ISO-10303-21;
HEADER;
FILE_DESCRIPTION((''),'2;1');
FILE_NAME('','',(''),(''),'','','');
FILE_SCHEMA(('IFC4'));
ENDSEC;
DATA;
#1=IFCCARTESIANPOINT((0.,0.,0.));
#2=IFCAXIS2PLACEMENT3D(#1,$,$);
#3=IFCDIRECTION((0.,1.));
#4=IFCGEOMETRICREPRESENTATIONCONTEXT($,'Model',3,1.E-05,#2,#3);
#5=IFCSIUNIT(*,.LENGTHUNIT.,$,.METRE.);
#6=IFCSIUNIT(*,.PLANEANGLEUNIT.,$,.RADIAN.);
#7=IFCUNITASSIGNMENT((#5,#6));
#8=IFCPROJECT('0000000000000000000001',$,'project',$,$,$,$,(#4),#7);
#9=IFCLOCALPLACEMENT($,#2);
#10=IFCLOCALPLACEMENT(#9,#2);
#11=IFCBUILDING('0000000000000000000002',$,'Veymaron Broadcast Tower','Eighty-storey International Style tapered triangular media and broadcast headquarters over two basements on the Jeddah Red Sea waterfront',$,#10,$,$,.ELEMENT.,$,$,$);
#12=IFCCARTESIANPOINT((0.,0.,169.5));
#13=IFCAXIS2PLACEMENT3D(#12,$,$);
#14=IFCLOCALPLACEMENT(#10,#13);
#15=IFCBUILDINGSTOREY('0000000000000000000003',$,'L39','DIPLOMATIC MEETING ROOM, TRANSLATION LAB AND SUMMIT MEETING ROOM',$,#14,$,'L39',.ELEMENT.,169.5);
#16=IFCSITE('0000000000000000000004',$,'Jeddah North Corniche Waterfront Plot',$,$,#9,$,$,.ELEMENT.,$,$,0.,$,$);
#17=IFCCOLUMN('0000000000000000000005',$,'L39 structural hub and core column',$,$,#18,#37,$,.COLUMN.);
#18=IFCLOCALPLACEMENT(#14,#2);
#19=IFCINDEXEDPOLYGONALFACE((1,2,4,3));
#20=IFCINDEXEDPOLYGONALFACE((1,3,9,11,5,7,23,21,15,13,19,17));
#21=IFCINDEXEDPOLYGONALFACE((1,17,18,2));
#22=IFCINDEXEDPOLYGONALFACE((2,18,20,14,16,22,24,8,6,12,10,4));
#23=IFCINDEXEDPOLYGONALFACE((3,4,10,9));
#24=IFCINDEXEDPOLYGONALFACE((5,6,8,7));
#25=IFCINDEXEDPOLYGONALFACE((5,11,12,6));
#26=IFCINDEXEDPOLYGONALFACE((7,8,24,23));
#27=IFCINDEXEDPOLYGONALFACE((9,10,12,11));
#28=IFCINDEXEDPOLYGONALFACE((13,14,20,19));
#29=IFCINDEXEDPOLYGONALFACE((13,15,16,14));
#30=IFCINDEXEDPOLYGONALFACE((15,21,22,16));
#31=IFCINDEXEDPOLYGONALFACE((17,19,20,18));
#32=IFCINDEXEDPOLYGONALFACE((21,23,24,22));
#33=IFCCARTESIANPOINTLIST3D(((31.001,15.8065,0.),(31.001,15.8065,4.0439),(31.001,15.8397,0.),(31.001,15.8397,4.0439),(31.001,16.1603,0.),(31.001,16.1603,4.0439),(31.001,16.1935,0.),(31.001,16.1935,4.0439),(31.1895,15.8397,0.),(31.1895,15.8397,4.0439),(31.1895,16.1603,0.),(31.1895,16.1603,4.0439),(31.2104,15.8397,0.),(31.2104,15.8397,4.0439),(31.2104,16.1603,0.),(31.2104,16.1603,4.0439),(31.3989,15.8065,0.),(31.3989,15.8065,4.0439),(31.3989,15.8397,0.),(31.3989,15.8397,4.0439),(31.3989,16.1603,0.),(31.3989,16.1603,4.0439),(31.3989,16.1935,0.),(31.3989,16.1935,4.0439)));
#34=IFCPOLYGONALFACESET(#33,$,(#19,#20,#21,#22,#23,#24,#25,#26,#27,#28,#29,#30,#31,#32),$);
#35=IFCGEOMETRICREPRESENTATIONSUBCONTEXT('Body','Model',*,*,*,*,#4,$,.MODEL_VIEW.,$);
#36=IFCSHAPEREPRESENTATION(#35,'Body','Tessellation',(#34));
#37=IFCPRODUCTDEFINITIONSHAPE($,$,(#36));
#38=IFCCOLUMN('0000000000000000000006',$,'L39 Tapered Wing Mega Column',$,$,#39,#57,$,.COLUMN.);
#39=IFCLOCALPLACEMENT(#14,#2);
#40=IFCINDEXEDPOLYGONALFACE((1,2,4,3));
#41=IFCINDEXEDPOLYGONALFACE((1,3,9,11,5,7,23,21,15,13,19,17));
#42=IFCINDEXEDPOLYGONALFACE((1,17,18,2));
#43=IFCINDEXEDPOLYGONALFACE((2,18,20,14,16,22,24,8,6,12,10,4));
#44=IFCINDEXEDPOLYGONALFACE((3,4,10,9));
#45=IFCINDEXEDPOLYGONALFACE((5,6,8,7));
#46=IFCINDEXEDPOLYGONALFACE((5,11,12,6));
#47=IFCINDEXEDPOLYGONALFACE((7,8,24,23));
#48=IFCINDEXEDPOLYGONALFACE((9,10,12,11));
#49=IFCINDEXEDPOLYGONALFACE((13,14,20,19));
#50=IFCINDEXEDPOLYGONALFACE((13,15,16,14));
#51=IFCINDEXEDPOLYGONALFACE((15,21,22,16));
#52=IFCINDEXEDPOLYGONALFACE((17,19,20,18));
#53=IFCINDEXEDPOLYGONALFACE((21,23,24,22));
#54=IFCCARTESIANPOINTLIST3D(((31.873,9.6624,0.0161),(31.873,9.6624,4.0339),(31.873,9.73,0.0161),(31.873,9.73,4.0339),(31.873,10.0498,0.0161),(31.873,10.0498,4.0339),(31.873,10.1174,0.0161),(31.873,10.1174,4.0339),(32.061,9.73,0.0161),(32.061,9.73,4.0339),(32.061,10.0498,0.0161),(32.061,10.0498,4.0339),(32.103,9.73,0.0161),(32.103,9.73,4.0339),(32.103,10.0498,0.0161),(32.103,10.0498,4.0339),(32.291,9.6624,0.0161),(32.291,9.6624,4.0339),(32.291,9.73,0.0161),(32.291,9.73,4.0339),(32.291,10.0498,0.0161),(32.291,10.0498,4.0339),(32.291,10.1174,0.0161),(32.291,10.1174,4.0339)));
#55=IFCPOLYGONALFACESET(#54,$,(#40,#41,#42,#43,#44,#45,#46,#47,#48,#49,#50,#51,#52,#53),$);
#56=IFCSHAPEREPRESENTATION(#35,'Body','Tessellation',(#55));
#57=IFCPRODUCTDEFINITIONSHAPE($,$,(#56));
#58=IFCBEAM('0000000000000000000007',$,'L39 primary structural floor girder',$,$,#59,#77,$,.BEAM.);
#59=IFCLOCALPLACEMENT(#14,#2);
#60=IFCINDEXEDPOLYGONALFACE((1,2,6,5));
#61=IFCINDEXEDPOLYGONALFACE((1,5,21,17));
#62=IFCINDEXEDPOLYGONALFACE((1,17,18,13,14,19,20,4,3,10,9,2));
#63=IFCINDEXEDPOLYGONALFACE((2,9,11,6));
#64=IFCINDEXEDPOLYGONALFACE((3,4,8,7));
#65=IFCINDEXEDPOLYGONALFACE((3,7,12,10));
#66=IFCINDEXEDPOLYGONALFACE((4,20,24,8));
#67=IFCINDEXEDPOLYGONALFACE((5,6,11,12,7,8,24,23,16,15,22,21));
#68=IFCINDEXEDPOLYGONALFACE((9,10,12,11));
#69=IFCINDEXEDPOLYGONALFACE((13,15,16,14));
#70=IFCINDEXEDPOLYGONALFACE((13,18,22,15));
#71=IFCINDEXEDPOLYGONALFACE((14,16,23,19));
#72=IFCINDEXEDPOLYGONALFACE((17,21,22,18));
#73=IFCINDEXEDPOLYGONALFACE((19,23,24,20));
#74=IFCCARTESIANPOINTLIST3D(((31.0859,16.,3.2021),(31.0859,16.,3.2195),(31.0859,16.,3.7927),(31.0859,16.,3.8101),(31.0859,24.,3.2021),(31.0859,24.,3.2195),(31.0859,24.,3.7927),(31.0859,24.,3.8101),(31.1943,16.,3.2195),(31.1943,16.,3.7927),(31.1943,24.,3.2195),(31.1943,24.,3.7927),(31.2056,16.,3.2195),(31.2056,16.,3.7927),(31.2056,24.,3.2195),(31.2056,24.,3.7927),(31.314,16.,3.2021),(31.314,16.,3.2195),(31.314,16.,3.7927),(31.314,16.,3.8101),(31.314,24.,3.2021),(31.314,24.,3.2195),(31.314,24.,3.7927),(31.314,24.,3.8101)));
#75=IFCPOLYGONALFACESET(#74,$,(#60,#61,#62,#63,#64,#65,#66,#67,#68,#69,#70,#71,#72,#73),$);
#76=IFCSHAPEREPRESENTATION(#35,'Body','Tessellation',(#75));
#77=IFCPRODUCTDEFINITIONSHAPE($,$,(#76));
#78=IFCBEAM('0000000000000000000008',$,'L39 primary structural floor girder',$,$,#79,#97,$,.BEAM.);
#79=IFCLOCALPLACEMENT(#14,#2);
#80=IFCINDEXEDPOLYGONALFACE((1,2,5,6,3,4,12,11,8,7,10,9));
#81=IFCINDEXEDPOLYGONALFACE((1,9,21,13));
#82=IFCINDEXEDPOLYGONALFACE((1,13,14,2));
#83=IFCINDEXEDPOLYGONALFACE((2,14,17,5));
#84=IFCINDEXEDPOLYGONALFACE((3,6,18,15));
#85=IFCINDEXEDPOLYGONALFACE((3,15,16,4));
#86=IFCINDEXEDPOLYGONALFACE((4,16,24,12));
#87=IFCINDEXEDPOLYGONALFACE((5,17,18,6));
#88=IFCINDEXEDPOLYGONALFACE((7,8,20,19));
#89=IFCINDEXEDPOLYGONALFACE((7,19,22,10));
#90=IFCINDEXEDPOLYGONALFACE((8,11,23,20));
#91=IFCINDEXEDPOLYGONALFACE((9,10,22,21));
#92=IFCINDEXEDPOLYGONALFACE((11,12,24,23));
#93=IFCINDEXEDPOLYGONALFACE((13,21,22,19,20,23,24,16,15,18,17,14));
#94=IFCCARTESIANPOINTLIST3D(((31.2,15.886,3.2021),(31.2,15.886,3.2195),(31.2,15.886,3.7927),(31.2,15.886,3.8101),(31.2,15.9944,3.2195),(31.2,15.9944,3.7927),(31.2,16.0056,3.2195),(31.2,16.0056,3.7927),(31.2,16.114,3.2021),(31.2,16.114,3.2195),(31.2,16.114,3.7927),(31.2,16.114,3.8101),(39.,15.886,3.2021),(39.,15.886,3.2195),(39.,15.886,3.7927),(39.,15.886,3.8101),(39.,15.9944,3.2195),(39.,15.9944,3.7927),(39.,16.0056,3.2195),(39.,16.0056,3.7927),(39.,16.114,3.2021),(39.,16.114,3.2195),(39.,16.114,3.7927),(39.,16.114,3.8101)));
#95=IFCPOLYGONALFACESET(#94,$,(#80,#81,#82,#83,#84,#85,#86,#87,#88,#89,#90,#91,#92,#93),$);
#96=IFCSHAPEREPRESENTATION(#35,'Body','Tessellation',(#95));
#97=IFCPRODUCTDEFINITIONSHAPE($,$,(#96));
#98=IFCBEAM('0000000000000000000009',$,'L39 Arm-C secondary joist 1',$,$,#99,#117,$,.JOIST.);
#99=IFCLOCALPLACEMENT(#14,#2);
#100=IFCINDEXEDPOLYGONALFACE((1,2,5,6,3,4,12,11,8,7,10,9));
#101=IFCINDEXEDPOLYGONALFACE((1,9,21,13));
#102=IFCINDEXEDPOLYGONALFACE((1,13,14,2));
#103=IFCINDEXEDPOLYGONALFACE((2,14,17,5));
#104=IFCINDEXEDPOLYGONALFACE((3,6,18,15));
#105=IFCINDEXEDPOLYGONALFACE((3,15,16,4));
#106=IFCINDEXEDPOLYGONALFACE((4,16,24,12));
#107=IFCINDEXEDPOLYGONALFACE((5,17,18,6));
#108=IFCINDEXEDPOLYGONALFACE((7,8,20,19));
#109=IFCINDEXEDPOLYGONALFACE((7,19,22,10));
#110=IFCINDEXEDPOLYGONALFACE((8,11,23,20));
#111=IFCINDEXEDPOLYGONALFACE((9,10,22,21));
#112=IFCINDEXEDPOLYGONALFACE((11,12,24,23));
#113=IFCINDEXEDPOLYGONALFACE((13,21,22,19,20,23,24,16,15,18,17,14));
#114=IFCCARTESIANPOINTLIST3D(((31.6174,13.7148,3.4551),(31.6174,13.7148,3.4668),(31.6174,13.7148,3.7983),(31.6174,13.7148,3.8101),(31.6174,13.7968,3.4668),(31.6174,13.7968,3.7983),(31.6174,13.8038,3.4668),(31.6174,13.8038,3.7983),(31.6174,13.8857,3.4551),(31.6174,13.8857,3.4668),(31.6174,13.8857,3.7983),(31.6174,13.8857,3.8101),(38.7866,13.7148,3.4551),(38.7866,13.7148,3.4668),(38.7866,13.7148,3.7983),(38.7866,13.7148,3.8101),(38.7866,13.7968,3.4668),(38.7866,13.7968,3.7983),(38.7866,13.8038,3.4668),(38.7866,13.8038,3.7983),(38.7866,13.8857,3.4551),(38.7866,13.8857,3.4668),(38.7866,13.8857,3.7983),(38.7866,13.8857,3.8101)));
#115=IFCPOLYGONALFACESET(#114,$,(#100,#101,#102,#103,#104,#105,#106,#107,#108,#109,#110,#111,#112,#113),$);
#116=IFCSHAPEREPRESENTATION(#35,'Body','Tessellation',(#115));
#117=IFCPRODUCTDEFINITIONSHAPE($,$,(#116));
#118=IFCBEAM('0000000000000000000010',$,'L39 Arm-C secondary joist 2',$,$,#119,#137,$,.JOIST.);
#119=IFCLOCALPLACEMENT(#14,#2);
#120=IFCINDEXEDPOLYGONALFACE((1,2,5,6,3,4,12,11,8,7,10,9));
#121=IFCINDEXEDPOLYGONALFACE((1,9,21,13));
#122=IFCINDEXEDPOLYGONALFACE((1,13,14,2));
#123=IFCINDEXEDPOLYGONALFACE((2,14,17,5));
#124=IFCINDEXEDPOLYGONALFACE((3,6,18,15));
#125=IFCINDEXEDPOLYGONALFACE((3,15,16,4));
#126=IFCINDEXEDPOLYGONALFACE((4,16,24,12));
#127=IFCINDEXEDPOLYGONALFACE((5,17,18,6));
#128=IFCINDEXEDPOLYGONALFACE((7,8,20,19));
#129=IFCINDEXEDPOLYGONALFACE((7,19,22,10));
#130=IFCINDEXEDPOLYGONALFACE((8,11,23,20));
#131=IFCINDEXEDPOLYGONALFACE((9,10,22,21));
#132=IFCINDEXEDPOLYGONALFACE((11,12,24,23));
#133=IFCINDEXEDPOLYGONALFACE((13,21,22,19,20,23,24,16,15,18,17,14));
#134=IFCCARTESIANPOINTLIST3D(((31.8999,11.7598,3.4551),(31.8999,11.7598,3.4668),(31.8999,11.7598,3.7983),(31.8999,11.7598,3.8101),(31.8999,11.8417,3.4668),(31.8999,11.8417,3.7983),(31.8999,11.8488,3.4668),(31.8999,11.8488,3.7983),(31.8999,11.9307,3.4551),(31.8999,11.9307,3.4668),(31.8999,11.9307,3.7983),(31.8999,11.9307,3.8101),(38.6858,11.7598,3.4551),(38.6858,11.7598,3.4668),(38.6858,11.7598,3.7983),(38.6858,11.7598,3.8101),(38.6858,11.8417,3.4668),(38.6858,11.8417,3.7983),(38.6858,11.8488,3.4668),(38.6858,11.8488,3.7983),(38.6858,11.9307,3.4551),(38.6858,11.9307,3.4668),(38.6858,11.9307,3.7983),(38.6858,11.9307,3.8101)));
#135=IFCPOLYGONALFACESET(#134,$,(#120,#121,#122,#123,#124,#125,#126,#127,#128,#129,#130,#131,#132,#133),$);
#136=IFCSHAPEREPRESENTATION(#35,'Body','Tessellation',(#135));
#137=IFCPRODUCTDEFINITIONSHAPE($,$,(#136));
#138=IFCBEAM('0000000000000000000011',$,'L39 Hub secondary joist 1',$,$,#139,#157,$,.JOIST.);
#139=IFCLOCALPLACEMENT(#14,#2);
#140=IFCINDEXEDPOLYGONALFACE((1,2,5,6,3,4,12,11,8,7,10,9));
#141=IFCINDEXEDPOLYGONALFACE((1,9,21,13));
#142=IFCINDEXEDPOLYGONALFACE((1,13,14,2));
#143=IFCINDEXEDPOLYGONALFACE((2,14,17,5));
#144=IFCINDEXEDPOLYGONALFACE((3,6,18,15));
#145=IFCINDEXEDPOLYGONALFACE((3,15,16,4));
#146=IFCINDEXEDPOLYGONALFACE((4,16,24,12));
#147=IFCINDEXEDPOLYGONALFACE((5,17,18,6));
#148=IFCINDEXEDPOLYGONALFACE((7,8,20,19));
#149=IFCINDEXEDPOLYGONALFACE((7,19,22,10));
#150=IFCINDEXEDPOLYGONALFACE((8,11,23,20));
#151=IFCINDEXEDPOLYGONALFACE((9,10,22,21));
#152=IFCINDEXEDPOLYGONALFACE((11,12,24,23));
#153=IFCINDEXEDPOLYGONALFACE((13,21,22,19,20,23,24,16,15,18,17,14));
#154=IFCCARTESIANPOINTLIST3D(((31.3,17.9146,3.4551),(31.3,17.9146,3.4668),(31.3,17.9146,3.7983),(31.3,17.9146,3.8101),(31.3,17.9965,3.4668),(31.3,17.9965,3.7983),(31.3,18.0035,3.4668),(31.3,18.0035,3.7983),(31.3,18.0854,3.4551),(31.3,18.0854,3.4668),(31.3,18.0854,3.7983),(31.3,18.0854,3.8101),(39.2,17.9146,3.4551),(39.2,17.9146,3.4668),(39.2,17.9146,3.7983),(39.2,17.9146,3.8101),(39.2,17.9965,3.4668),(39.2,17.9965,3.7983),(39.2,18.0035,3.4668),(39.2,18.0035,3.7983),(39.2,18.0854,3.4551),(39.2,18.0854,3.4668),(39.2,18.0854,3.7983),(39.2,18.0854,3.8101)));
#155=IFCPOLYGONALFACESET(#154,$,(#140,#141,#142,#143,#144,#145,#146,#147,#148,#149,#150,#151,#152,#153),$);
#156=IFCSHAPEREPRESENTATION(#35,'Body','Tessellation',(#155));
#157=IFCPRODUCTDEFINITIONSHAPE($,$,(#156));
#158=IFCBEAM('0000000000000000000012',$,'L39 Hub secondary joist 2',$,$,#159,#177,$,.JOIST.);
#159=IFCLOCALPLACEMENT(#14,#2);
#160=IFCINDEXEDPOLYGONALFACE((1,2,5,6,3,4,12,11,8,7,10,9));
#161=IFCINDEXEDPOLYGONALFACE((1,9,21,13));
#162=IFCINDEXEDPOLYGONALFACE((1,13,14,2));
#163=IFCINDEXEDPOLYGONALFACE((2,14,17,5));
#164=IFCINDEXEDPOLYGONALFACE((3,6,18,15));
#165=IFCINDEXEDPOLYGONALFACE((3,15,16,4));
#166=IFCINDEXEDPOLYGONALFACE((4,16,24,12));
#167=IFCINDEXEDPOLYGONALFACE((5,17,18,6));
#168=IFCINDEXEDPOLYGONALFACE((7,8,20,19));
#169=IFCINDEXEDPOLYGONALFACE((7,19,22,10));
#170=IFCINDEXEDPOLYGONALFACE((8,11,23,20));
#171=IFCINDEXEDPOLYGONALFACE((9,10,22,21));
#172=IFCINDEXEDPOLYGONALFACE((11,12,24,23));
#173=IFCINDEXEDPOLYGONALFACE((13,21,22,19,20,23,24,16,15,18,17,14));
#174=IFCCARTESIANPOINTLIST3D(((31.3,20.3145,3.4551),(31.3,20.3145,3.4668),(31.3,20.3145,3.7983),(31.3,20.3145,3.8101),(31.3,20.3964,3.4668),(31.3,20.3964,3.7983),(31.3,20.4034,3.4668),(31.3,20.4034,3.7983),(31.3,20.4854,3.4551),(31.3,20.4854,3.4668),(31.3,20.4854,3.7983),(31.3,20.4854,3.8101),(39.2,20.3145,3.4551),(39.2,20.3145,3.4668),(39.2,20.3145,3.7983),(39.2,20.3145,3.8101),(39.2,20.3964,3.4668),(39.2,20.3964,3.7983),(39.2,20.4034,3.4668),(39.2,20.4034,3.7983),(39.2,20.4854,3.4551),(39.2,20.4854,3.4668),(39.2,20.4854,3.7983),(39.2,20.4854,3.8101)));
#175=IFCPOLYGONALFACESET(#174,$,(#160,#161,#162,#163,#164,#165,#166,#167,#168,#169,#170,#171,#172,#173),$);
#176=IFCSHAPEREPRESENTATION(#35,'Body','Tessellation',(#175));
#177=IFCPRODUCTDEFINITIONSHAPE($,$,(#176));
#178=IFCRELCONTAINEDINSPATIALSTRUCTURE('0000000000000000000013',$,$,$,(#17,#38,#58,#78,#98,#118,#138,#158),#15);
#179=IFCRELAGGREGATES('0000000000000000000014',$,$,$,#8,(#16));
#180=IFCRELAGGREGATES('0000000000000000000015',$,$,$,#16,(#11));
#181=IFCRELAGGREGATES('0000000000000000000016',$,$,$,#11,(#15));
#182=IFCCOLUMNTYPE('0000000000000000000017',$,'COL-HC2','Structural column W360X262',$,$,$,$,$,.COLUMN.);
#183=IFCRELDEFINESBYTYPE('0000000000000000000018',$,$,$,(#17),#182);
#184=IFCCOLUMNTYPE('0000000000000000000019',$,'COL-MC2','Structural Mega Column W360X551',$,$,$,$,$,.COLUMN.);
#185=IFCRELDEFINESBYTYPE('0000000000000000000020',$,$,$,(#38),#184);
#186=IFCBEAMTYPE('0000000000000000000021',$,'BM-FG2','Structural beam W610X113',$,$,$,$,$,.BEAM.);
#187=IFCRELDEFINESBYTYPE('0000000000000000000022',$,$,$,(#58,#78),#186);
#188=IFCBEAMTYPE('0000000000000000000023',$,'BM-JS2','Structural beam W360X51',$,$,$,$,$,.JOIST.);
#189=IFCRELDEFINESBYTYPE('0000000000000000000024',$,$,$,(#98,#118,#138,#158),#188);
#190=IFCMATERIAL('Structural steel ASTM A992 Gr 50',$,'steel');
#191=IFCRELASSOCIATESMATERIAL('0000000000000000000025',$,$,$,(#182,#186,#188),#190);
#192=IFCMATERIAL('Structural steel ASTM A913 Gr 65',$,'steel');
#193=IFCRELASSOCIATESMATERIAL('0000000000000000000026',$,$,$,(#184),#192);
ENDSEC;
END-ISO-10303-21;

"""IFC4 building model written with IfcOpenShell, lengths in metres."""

from ifc_helpers import new_model, si_unit, direction, frame, origin, origin_2d, place, context, subcontext, project, spatial, i_section, extrude, material, material_profile, profile_set, type_object, element, save


model = new_model("IFC4")

# Units and contexts
model_context = context("Model", 3, precision=1e-05, world=origin(), true_north=direction((0.0, 1.0)))
body_context = subcontext(model_context, "Body", "Model", "MODEL_VIEW")
ifc_project = project(units=[si_unit("LENGTHUNIT", "METRE"), si_unit("PLANEANGLEUNIT", "RADIAN")], contexts=[model_context])

# Site, building, storey
site_placement = place(None, origin())
site = spatial("IfcSite", under=ifc_project, at=site_placement, Name="Jeddah North Corniche Waterfront Plot", CompositionType="ELEMENT", RefElevation=0.0)
building_placement = place(site_placement, origin())
building = spatial("IfcBuilding", under=site, at=building_placement, Name="Veymaron Broadcast Tower", Description="Eighty-storey International Style tapered triangular media and broadcast headquarters over two basements on the Jeddah Red Sea waterfront", CompositionType="ELEMENT")
storey_placement = place(building_placement, frame((0.0, 0.0, 169.5)))
storey = spatial("IfcBuildingStorey", under=building, at=storey_placement, Name="L39", Description="DIPLOMATIC MEETING ROOM, TRANSLATION LAB AND SUMMIT MEETING ROOM", LongName="L39", CompositionType="ELEMENT", Elevation=169.5)

# Columns
ifc_material_1 = material(Name="Structural steel ASTM A992 Gr 50", Category="steel")
ifc_material_profile_1 = material_profile(ifc_material_1, i_section(OverallWidth=0.3979, OverallDepth=0.387, WebThickness=0.021, FlangeThickness=0.0332, at=origin_2d()), Name="W360X262")
ifc_profile_set_1 = profile_set([ifc_material_profile_1], Name="Structural steel ASTM A992 Gr 50")
column_type_1 = type_object("IfcColumnType", Name="COL-HC2", Description="Structural column W360X262", PredefinedType="COLUMN", material=ifc_profile_set_1)
column_1_placement = place(storey_placement, frame((31.2, 16.0, 0.0), z_axis=(0.0, 0.0, 1.0), x_axis=(1.0, 0.0, 0.0)))
element("IfcColumn", 1, at=column_1_placement, inside=storey, type_object=column_type_1, Name="L39 structural hub and core column", PredefinedType="COLUMN", context=body_context, shape_type="SweptSolid", body=[
    extrude(i_section(OverallWidth=0.3979, OverallDepth=0.387, WebThickness=0.021, FlangeThickness=0.0332, at=origin_2d()), origin(), (0.0, 0.0, 1.0), 4.0439),
])
ifc_material_2 = material(Name="Structural steel ASTM A913 Gr 65", Category="steel")
ifc_material_profile_2 = material_profile(ifc_material_2, i_section(OverallWidth=0.418, OverallDepth=0.4551, WebThickness=0.042, FlangeThickness=0.0676, at=origin_2d()), Name="W360X551")
ifc_profile_set_2 = profile_set([ifc_material_profile_2], Name="Structural steel ASTM A913 Gr 65")
column_type_2 = type_object("IfcColumnType", Name="COL-MC2", Description="Structural Mega Column W360X551", PredefinedType="COLUMN", material=ifc_profile_set_2)
column_2_placement = place(storey_placement, frame((32.082, 9.8899, 0.0161), z_axis=(0.0, 0.0, 1.0), x_axis=(1.0, 0.0, 0.0)))
element("IfcColumn", 2, at=column_2_placement, inside=storey, type_object=column_type_2, Name="L39 Tapered Wing Mega Column", PredefinedType="COLUMN", context=body_context, shape_type="SweptSolid", body=[
    extrude(i_section(OverallWidth=0.418, OverallDepth=0.4551, WebThickness=0.042, FlangeThickness=0.0676, at=origin_2d()), origin(), (0.0, 0.0, 1.0), 4.0178),
])

# Beams
ifc_material_profile_3 = material_profile(ifc_material_1, i_section(OverallWidth=0.228, OverallDepth=0.6079, WebThickness=0.0112, FlangeThickness=0.0173, at=origin_2d()), Name="W610X113")
ifc_profile_set_3 = profile_set([ifc_material_profile_3], Name="Structural steel ASTM A992 Gr 50")
beam_type_1 = type_object("IfcBeamType", Name="BM-FG2", Description="Structural beam W610X113", PredefinedType="BEAM", material=ifc_profile_set_3)
beam_1_placement = place(storey_placement, frame((31.2, 16.0, 3.5061), z_axis=(0.0, 1.0, 0.0), x_axis=(-1.0, 0.0, 0.0)))
element("IfcBeam", 3, at=beam_1_placement, inside=storey, type_object=beam_type_1, Name="L39 primary structural floor girder", PredefinedType="BEAM", context=body_context, shape_type="SweptSolid", body=[
    extrude(i_section(OverallWidth=0.228, OverallDepth=0.6079, WebThickness=0.0112, FlangeThickness=0.0173, at=origin_2d()), origin(), (0.0, 0.0, 1.0), 8.0),
])
beam_2_placement = place(storey_placement, frame((31.2, 16.0, 3.5061), z_axis=(1.0, 0.0, 0.0), x_axis=(0.0, 1.0, 0.0)))
element("IfcBeam", 4, at=beam_2_placement, inside=storey, type_object=beam_type_1, Name="L39 primary structural floor girder", PredefinedType="BEAM", context=body_context, shape_type="SweptSolid", body=[
    extrude(i_section(OverallWidth=0.228, OverallDepth=0.6079, WebThickness=0.0112, FlangeThickness=0.0173, at=origin_2d()), origin(), (0.0, 0.0, 1.0), 7.8),
])
ifc_material_profile_4 = material_profile(ifc_material_1, i_section(OverallWidth=0.1709, OverallDepth=0.355, WebThickness=0.0071, FlangeThickness=0.0117, at=origin_2d()), Name="W360X51")
ifc_profile_set_4 = profile_set([ifc_material_profile_4], Name="Structural steel ASTM A992 Gr 50")
beam_type_2 = type_object("IfcBeamType", Name="BM-JS2", Description="Structural beam W360X51", PredefinedType="JOIST", material=ifc_profile_set_4)
beam_3_placement = place(storey_placement, frame((31.6174, 13.8003, 3.6326), z_axis=(1.0, 0.0, 0.0), x_axis=(0.0, 1.0, 0.0)))
element("IfcBeam", 5, at=beam_3_placement, inside=storey, type_object=beam_type_2, Name="L39 Arm-C secondary joist 1", PredefinedType="JOIST", context=body_context, shape_type="SweptSolid", body=[
    extrude(i_section(OverallWidth=0.1709, OverallDepth=0.355, WebThickness=0.0071, FlangeThickness=0.0117, at=origin_2d()), origin(), (0.0, 0.0, 1.0), 7.1692),
])
beam_4_placement = place(storey_placement, frame((31.8999, 11.8452, 3.6326), z_axis=(1.0, 0.0, 0.0), x_axis=(0.0, 1.0, 0.0)))
element("IfcBeam", 6, at=beam_4_placement, inside=storey, type_object=beam_type_2, Name="L39 Arm-C secondary joist 2", PredefinedType="JOIST", context=body_context, shape_type="SweptSolid", body=[
    extrude(i_section(OverallWidth=0.1709, OverallDepth=0.355, WebThickness=0.0071, FlangeThickness=0.0117, at=origin_2d()), origin(), (0.0, 0.0, 1.0), 6.7859),
])
for number, where, z_axis, x_axis, name in (
    (7, (31.3, 18.0, 3.6326), (1.0, 0.0, 0.0), (0.0, 1.0, 0.0), "L39 Hub secondary joist 1"),
    (8, (31.3, 20.3999, 3.6326), (1.0, 0.0, 0.0), (0.0, 1.0, 0.0), "L39 Hub secondary joist 2"),
):
    element("IfcBeam", number, at=place(storey_placement, frame(where, z_axis=z_axis, x_axis=x_axis)), inside=storey, type_object=beam_type_2, Name=name, PredefinedType="JOIST", context=body_context, shape_type="SweptSolid", body=[
        extrude(i_section(OverallWidth=0.1709, OverallDepth=0.355, WebThickness=0.0071, FlangeThickness=0.0117, at=origin_2d()), origin(), (0.0, 0.0, 1.0), 7.8999),
    ])

save(model, "model.ifc")
